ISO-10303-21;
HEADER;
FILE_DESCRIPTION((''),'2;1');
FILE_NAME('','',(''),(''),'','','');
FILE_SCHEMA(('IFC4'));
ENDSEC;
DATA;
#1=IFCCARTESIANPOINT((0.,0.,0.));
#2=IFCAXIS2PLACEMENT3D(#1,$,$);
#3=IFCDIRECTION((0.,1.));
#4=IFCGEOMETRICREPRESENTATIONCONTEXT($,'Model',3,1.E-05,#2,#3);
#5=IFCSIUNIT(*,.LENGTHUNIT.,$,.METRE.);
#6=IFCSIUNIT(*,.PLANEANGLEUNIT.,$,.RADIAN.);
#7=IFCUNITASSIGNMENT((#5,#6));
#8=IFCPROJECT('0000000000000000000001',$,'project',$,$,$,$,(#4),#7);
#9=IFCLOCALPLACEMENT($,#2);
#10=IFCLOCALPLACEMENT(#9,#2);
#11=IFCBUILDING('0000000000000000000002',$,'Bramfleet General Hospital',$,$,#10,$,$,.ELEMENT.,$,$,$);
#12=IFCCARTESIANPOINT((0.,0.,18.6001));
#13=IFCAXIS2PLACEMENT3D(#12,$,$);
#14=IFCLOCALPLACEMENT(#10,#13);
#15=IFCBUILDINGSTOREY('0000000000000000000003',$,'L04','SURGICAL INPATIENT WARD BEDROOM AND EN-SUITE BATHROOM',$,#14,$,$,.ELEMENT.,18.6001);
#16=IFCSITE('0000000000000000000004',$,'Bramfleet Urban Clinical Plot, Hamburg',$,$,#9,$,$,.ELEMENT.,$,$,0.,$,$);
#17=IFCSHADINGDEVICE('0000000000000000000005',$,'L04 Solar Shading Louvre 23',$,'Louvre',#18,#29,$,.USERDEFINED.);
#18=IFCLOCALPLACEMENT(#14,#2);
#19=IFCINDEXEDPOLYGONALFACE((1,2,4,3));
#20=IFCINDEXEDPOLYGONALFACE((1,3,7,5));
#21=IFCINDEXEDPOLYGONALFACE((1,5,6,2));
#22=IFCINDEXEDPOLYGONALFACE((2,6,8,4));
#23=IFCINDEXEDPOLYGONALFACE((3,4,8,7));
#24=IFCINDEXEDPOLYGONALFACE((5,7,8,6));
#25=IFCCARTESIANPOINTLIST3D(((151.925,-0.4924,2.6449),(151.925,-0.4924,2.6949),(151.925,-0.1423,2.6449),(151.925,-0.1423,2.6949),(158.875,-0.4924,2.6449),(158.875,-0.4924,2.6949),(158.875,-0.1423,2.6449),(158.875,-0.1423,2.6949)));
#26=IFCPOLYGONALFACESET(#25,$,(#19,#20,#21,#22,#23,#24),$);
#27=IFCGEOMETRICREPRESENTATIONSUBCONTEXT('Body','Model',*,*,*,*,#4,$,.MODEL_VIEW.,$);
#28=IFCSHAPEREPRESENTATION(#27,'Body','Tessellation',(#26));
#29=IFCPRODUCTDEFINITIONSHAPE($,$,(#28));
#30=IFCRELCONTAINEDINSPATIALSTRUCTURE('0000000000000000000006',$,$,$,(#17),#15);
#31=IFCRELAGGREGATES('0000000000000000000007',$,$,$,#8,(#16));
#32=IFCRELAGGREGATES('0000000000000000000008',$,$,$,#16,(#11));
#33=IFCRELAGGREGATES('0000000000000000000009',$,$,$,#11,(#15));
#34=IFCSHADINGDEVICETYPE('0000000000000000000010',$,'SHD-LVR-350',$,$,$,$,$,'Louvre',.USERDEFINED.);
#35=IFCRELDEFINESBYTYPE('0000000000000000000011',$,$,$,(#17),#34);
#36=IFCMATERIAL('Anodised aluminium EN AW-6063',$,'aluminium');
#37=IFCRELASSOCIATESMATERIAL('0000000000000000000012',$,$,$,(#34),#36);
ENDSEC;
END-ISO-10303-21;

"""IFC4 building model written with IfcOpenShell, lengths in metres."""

from ifc_helpers import new_model, si_unit, direction, frame, origin, origin_2d, place, context, subcontext, project, spatial, rectangle, extrude, material, material_profile, profile_set, type_object, element, save


model = new_model("IFC4")

# Units and contexts
model_context = context("Model", 3, precision=1e-05, world=origin(), true_north=direction((0.0, 1.0)))
body_context = subcontext(model_context, "Body", "Model", "MODEL_VIEW")
ifc_project = project(units=[si_unit("LENGTHUNIT", "METRE"), si_unit("PLANEANGLEUNIT", "RADIAN")], contexts=[model_context])

# Site, building, storey
site_placement = place(None, origin())
site = spatial("IfcSite", under=ifc_project, at=site_placement, Name="Bramfleet Urban Clinical Plot, Hamburg", CompositionType="ELEMENT", RefElevation=0.0)
building_placement = place(site_placement, origin())
building = spatial("IfcBuilding", under=site, at=building_placement, Name="Bramfleet General Hospital", CompositionType="ELEMENT")
storey_placement = place(building_placement, frame((0.0, 0.0, 18.6001)))
storey = spatial("IfcBuildingStorey", under=building, at=storey_placement, Name="L04", Description="SURGICAL INPATIENT WARD BEDROOM AND EN-SUITE BATHROOM", CompositionType="ELEMENT", Elevation=18.6001)

# Shading device
ifc_material_1 = material(Name="Anodised aluminium EN AW-6063", Category="aluminium")
ifc_material_profile_1 = material_profile(ifc_material_1, rectangle(XDim=0.05, YDim=0.3501, at=origin_2d()), Name="ALU LOUVRE 350x50")
ifc_profile_set_1 = profile_set([ifc_material_profile_1], Name="Anodised aluminium EN AW-6063")
shading_device_type = type_object("IfcShadingDeviceType", Name="SHD-LVR-350", ElementType="Louvre", PredefinedType="USERDEFINED", material=ifc_profile_set_1)
shading_device_placement = place(storey_placement, frame((158.875, -0.3174, 2.6699), z_axis=(-1.0, 0.0, 0.0), x_axis=(0.0, 0.0, 1.0)))
element("IfcShadingDevice", 1, at=shading_device_placement, inside=storey, type_object=shading_device_type, Name="L04 Solar Shading Louvre 23", ObjectType="Louvre", PredefinedType="USERDEFINED", context=body_context, shape_type="SweptSolid", body=[
    extrude(rectangle(XDim=0.05, YDim=0.3501, at=origin_2d()), origin(), (0.0, 0.0, 1.0), 6.95),
])

save(model, "model.ifc")
